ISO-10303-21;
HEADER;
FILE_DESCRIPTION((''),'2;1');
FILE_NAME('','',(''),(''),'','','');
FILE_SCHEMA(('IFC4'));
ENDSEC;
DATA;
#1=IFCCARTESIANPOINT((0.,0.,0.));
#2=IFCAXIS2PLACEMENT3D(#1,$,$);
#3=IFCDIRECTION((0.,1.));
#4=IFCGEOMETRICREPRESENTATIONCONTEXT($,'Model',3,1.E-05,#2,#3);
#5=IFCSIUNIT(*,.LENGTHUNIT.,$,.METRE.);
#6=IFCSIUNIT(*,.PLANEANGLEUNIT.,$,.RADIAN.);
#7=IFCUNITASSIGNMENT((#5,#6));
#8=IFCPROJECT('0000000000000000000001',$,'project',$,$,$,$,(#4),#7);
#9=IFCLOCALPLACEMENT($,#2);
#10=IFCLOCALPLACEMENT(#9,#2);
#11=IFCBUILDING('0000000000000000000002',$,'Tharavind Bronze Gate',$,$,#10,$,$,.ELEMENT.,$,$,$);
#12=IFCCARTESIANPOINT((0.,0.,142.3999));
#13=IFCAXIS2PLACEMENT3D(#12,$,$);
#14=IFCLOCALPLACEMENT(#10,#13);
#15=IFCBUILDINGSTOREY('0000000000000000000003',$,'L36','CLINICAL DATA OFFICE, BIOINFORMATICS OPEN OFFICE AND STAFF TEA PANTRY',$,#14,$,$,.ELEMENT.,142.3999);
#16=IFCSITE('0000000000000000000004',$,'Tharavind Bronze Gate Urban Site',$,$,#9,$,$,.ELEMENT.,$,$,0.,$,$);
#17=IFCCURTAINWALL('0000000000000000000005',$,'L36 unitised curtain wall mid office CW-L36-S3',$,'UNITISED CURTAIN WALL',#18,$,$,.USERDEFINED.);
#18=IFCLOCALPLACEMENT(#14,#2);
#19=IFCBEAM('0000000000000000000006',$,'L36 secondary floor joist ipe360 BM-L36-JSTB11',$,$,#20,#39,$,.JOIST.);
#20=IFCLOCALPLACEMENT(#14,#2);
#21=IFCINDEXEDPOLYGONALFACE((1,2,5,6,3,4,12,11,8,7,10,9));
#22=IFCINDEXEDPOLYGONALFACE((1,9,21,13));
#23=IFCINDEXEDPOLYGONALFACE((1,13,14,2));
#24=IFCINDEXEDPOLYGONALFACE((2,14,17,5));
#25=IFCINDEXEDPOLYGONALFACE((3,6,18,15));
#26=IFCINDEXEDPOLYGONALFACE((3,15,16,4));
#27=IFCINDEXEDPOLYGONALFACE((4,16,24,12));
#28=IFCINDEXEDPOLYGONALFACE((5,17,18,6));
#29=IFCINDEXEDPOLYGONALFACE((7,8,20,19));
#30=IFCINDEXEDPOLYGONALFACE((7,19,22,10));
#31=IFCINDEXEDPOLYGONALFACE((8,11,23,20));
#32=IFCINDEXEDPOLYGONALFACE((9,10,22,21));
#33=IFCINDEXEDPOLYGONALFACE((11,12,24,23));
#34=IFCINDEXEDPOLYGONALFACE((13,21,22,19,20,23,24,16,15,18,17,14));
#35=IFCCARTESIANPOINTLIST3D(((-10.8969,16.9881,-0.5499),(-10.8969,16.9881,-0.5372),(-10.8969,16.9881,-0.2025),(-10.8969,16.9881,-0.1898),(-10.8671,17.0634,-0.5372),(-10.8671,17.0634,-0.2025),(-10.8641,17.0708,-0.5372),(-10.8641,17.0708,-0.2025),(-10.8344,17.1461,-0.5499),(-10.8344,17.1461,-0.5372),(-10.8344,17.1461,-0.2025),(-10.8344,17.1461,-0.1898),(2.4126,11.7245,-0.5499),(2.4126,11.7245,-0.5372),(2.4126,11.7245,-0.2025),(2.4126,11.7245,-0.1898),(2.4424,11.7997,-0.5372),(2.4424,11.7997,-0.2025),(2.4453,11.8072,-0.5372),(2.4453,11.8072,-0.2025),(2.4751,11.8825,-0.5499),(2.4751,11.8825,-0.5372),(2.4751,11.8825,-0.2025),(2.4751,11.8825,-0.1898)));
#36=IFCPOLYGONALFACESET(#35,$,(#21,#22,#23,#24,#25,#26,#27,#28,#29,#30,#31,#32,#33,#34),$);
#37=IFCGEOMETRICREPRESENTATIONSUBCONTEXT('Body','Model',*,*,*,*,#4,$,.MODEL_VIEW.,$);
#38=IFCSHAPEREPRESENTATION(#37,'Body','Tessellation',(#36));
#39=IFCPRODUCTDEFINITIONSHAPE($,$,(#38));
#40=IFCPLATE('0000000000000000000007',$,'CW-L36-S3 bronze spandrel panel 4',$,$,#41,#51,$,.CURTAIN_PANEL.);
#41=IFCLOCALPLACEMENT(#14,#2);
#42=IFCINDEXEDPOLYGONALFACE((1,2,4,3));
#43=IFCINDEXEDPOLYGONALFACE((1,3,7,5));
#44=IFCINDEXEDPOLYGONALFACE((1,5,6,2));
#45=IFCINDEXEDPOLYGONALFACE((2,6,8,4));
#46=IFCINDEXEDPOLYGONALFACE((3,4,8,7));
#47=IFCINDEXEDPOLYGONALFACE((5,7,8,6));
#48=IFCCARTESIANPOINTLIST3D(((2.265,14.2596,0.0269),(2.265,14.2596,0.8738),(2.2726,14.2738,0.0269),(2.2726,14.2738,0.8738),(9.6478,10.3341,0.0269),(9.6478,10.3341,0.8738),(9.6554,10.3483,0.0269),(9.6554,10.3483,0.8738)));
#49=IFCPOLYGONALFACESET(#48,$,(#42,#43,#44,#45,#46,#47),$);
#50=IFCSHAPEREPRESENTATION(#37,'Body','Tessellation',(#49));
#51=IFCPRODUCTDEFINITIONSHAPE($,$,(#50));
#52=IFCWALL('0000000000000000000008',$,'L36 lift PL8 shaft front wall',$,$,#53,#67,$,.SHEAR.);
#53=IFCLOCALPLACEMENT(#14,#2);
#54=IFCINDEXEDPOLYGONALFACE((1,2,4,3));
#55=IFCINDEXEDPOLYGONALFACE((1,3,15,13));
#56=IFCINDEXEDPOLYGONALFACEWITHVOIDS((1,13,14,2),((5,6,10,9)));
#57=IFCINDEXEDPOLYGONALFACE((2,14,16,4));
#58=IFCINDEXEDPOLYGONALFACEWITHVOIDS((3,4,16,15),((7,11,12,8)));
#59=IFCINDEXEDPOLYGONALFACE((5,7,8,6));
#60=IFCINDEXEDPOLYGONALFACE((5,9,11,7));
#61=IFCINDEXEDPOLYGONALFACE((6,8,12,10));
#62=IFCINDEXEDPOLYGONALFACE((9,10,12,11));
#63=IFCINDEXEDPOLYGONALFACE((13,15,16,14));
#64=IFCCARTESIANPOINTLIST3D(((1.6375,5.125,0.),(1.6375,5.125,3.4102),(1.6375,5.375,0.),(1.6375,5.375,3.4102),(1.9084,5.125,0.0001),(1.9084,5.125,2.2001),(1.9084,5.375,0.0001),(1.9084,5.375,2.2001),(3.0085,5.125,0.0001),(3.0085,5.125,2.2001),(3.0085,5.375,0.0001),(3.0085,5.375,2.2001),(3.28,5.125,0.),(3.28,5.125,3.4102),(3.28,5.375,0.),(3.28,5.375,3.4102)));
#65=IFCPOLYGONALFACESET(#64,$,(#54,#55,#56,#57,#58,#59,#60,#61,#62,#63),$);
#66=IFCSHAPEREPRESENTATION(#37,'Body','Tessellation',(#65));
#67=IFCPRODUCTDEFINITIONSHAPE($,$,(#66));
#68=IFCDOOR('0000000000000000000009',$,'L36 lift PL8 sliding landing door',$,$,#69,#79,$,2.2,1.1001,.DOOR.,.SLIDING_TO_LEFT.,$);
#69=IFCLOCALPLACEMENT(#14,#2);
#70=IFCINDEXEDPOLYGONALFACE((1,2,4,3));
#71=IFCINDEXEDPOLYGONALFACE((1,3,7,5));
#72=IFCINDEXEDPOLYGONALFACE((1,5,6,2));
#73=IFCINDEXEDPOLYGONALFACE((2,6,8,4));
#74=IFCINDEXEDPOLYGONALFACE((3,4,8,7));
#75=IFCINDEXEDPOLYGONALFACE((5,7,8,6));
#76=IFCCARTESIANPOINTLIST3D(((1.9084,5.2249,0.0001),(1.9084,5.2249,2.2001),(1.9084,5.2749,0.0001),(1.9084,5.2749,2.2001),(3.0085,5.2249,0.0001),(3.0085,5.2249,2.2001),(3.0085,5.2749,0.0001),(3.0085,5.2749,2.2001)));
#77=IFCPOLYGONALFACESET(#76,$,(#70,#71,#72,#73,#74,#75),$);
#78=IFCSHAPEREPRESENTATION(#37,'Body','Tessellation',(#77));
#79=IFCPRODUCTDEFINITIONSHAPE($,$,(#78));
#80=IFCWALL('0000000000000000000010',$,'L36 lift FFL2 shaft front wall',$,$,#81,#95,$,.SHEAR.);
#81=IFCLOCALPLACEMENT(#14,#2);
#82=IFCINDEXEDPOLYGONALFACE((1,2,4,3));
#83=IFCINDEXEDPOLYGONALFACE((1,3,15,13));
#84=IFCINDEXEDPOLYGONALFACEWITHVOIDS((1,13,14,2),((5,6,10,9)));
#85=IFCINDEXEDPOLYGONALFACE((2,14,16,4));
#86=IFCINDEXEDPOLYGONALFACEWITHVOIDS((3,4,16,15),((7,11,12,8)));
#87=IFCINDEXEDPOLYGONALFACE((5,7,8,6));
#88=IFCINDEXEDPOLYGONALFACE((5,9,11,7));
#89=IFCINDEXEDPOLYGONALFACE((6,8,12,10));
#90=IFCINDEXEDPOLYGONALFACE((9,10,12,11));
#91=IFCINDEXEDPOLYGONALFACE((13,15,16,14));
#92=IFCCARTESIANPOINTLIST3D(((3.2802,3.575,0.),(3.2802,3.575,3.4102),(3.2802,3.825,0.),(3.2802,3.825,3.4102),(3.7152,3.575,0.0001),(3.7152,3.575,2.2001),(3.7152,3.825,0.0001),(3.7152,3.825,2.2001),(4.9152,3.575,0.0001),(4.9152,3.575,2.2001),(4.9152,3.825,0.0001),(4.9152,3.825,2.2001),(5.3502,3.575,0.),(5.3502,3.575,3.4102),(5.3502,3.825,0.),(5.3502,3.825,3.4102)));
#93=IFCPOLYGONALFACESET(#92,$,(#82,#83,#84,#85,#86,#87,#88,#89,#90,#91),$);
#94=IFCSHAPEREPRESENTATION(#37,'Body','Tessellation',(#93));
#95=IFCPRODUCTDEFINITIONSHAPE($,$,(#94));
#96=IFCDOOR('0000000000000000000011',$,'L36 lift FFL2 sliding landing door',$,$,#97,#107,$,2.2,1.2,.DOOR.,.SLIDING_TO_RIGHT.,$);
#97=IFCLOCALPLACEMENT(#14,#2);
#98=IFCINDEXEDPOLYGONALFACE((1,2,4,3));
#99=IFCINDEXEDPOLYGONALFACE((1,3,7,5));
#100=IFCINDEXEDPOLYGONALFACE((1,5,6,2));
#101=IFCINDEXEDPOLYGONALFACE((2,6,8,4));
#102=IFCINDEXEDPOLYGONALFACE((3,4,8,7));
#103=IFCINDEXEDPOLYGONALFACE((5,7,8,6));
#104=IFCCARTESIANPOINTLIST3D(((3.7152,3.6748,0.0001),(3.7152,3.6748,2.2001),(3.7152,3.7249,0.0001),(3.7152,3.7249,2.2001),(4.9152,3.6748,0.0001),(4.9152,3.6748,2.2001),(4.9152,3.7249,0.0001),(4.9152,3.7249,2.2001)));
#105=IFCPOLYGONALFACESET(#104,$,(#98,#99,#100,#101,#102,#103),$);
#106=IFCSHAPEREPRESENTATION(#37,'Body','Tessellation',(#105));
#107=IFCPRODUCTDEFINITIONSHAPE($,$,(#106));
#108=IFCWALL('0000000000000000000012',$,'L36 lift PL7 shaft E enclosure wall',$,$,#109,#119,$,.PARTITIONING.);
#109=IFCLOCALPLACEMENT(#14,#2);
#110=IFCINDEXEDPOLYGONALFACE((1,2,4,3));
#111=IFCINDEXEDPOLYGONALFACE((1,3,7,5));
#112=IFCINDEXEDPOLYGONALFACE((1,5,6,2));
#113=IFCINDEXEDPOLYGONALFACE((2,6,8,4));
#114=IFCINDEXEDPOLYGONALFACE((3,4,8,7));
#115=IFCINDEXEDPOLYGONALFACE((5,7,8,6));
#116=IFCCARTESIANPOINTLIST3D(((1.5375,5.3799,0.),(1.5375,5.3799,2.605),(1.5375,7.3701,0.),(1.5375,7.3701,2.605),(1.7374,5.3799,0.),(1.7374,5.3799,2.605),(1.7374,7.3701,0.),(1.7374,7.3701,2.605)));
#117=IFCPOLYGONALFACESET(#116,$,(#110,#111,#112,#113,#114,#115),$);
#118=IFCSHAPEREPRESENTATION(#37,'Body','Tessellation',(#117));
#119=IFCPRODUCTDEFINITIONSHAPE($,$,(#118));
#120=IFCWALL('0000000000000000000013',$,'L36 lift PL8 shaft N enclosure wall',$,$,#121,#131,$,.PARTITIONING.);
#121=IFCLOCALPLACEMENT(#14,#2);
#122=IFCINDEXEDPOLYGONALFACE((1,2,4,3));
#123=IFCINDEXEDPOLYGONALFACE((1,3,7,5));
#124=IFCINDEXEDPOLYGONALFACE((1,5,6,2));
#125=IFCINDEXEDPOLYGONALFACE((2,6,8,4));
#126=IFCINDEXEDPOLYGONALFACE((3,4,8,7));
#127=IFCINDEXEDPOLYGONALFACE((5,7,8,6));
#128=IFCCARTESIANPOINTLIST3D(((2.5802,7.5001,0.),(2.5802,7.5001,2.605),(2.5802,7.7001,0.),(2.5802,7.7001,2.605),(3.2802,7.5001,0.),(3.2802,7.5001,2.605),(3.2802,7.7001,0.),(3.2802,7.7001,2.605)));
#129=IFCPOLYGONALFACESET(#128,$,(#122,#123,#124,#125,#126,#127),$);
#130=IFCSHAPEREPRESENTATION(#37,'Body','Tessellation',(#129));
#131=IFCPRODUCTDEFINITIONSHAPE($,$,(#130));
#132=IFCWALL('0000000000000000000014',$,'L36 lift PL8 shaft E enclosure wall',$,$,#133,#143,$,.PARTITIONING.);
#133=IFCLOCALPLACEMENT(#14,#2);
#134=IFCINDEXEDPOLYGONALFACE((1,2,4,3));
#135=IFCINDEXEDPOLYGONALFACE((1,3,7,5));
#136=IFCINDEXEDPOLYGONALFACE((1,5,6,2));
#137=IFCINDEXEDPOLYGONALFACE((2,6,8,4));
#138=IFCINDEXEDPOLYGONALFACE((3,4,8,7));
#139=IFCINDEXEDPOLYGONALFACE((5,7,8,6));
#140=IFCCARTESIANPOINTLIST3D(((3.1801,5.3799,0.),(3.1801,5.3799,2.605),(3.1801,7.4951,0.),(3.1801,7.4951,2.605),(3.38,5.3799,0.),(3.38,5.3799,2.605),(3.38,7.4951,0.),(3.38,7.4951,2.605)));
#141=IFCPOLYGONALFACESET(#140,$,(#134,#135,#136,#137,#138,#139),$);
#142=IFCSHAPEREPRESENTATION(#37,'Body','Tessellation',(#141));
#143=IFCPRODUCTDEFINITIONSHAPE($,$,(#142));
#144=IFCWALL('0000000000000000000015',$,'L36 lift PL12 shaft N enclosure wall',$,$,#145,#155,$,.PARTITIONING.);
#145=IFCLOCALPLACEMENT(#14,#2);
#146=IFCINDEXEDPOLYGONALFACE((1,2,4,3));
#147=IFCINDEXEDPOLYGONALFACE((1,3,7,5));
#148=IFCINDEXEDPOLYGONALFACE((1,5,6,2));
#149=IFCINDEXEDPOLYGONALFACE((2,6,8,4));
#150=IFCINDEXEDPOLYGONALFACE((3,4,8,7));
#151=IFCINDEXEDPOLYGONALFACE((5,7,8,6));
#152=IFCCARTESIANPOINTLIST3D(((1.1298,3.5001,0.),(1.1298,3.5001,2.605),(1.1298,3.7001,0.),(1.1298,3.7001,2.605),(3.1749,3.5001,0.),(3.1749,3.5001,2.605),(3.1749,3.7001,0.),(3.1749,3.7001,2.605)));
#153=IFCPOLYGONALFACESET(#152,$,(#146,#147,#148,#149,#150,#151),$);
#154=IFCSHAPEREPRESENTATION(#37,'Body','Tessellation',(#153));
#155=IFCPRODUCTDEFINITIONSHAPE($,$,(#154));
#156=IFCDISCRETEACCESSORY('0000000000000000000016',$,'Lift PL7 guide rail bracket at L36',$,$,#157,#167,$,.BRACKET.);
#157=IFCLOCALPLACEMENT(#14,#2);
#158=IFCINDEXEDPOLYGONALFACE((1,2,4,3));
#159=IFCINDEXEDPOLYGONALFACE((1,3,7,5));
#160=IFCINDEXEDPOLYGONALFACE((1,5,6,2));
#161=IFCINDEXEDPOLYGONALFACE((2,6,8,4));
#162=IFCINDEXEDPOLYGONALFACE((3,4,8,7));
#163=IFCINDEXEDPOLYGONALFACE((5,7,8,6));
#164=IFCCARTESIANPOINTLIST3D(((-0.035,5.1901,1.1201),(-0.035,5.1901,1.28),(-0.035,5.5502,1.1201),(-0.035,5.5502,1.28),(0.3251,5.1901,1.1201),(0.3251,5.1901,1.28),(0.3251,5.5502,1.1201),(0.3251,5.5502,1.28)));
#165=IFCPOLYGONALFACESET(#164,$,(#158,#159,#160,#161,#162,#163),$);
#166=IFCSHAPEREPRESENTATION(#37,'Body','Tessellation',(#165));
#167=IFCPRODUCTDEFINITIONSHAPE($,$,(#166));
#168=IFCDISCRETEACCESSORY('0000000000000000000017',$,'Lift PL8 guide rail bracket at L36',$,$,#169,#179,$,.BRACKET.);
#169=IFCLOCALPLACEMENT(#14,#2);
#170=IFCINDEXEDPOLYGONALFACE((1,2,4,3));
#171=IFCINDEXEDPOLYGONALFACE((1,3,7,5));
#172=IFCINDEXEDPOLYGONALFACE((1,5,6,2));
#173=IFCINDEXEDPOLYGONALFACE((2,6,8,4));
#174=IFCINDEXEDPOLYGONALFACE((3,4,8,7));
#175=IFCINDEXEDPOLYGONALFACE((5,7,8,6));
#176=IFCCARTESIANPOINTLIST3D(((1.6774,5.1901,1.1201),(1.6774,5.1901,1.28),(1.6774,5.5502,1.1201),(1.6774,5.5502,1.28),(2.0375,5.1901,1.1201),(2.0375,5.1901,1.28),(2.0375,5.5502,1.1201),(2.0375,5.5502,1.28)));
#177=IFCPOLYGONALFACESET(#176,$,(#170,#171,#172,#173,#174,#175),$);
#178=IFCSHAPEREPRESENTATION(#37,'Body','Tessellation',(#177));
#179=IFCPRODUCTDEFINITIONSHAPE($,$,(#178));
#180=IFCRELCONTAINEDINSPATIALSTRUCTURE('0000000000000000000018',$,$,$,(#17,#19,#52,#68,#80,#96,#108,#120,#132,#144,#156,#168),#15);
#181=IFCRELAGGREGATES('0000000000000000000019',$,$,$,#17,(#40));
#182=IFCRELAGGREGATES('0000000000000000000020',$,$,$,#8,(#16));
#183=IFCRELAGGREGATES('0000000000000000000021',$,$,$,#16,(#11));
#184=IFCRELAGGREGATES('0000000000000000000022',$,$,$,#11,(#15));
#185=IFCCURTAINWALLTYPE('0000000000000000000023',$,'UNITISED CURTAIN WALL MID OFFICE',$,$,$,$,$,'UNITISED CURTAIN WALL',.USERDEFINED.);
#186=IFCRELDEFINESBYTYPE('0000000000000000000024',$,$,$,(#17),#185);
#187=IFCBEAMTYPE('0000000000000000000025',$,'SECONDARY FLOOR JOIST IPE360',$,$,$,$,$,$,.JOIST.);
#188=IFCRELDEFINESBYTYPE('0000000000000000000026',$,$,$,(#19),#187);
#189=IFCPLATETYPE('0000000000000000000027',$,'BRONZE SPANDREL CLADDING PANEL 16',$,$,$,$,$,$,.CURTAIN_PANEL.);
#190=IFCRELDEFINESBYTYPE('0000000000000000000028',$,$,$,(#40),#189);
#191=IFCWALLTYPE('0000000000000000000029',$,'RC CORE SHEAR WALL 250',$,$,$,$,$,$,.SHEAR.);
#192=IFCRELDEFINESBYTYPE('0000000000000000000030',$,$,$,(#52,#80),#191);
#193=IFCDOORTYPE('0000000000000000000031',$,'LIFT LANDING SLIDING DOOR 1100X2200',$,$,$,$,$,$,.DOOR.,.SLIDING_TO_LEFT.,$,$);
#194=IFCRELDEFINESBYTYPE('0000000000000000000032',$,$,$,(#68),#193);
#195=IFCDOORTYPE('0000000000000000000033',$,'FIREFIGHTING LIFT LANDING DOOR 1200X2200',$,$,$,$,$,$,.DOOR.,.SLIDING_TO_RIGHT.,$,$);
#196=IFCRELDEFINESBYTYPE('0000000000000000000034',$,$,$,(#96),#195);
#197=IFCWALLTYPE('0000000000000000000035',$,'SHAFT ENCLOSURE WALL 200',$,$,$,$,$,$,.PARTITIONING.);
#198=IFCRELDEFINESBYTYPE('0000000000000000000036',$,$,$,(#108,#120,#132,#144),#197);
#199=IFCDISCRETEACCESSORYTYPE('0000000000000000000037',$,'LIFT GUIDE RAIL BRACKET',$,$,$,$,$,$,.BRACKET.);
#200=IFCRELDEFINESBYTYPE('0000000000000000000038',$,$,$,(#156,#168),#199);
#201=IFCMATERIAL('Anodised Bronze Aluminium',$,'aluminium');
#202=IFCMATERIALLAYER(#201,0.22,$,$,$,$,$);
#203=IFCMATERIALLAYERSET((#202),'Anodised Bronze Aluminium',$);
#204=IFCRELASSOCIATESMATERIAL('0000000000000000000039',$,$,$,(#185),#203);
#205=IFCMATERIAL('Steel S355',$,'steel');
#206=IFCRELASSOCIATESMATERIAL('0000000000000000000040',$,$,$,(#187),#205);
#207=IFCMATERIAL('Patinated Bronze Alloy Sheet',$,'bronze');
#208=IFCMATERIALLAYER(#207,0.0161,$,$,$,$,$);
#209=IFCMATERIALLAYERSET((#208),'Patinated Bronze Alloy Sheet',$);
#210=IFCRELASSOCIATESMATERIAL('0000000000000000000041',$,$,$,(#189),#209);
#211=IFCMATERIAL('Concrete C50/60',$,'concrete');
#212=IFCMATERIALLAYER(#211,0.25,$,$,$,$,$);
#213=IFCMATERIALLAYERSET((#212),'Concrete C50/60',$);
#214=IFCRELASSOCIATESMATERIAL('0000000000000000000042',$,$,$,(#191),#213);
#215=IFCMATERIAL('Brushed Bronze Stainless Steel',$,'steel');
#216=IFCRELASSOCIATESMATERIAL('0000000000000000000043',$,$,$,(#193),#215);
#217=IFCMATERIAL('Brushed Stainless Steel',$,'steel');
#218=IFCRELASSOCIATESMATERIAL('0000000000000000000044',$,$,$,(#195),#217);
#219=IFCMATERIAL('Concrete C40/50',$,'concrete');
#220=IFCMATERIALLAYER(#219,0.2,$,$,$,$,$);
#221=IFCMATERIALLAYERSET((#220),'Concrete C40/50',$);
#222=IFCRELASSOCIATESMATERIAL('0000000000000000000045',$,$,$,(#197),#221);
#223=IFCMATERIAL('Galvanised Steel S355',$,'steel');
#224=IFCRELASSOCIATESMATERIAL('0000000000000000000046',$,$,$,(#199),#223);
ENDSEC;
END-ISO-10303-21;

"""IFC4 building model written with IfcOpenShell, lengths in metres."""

from ifc_helpers import new_model, si_unit, direction, frame, frame_2d, origin, origin_2d, place, context, subcontext, project, spatial, rectangle, i_section, extrude, material, layer, layer_set, material_profile, profile_set, type_object, element, fill, aggregate, save


model = new_model("IFC4")

# Units and contexts
model_context = context("Model", 3, precision=1e-05, world=origin(), true_north=direction((0.0, 1.0)))
body_context = subcontext(model_context, "Body", "Model", "MODEL_VIEW")
ifc_project = project(units=[si_unit("LENGTHUNIT", "METRE"), si_unit("PLANEANGLEUNIT", "RADIAN")], contexts=[model_context])

# Site, building, storey
site_placement = place(None, origin())
site = spatial("IfcSite", under=ifc_project, at=site_placement, Name="Tharavind Bronze Gate Urban Site", CompositionType="ELEMENT", RefElevation=0.0)
building_placement = place(site_placement, origin())
building = spatial("IfcBuilding", under=site, at=building_placement, Name="Tharavind Bronze Gate", CompositionType="ELEMENT")
storey_placement = place(building_placement, frame((0.0, 0.0, 142.3999)))
storey = spatial("IfcBuildingStorey", under=building, at=storey_placement, Name="L36", Description="CLINICAL DATA OFFICE, BIOINFORMATICS OPEN OFFICE AND STAFF TEA PANTRY", CompositionType="ELEMENT", Elevation=142.3999)

# Curtain wall
ifc_material_1 = material(Name="Anodised Bronze Aluminium", Category="aluminium")
ifc_layer_1 = layer(ifc_material_1, 0.22)
ifc_layer_set_1 = layer_set([ifc_layer_1], Name="Anodised Bronze Aluminium")
curtain_wall_type = type_object("IfcCurtainWallType", Name="UNITISED CURTAIN WALL MID OFFICE", ElementType="UNITISED CURTAIN WALL", PredefinedType="USERDEFINED", material=ifc_layer_set_1)
curtain_wall_placement = place(storey_placement, origin())
curtain_wall = element("IfcCurtainWall", 1, at=curtain_wall_placement, inside=storey, type_object=curtain_wall_type, Name="L36 unitised curtain wall mid office CW-L36-S3", ObjectType="UNITISED CURTAIN WALL", PredefinedType="USERDEFINED")

# Beam
ifc_material_2 = material(Name="Steel S355", Category="steel")
ifc_material_profile_1 = material_profile(ifc_material_2, i_section(OverallWidth=0.1699, OverallDepth=0.3601, WebThickness=0.0081, FlangeThickness=0.0127, at=origin_2d()), Name="IPE360")
ifc_profile_set_1 = profile_set([ifc_material_profile_1], Name="Steel S355")
beam_type_1 = type_object("IfcBeamType", Name="SECONDARY FLOOR JOIST IPE360", PredefinedType="JOIST", material=ifc_profile_set_1)
beam_1_placement = place(storey_placement, frame((2.4438, 11.8035, -0.3699), z_axis=(-0.929919, 0.367765, 0.0), x_axis=(-0.367765, -0.929919, 0.0)))
element("IfcBeam", 2, at=beam_1_placement, inside=storey, type_object=beam_type_1, Name="L36 secondary floor joist ipe360 BM-L36-JSTB11", PredefinedType="JOIST", context=body_context, shape_type="SweptSolid", body=[
    extrude(i_section(OverallWidth=0.1699, OverallDepth=0.3601, WebThickness=0.0081, FlangeThickness=0.0127, at=origin_2d()), origin(), (0.0, 0.0, 1.0), 14.3125),
])

# Plate
ifc_material_3 = material(Name="Patinated Bronze Alloy Sheet", Category="bronze")
ifc_layer_2 = layer(ifc_material_3, 0.0161)
ifc_layer_set_2 = layer_set([ifc_layer_2], Name="Patinated Bronze Alloy Sheet")
plate_type = type_object("IfcPlateType", Name="BRONZE SPANDREL CLADDING PANEL 16", PredefinedType="CURTAIN_PANEL", material=ifc_layer_set_2)
plate_placement = place(storey_placement, frame((5.9602, 12.304, 0.0269), z_axis=(0.0, 0.0, 1.0), x_axis=(-0.882948, 0.469472, 0.0)))
plate = element("IfcPlate", 3, at=plate_placement, type_object=plate_type, Name="CW-L36-S3 bronze spandrel panel 4", PredefinedType="CURTAIN_PANEL", context=body_context, shape_type="SweptSolid", body=[
    extrude(rectangle(XDim=8.3616, YDim=0.0161, at=origin_2d()), origin(), (0.0, 0.0, 1.0), 0.8469),
])
aggregate(curtain_wall, [plate])

# Walls, openings, doors
ifc_material_4 = material(Name="Concrete C50/60", Category="concrete")
ifc_layer_3 = layer(ifc_material_4, 0.25)
ifc_layer_set_3 = layer_set([ifc_layer_3], Name="Concrete C50/60")
wall_type_1 = type_object("IfcWallType", Name="RC CORE SHEAR WALL 250", PredefinedType="SHEAR", material=ifc_layer_set_3)
wall_1_placement = place(storey_placement, frame((1.6375, 5.25, 0.0), z_axis=(0.0, 0.0, 1.0), x_axis=(1.0, 0.0, 0.0)))
wall_1 = element("IfcWall", 4, at=wall_1_placement, inside=storey, type_object=wall_type_1, Name="L36 lift PL8 shaft front wall", PredefinedType="SHEAR", context=body_context, shape_type="SweptSolid", body=[
    extrude(rectangle(XDim=1.6426, YDim=0.25, at=frame_2d((0.8213, 0.0))), origin(), (0.0, 0.0, 1.0), 3.4102),
])
opening_1_placement = place(wall_1_placement, frame((0.271, 0.0, 0.0)))
opening_1 = element("IfcOpeningElement", 5, at=opening_1_placement, cuts=wall_1, PredefinedType="OPENING", context=body_context, shape_type="SweptSolid", body=[
    extrude(rectangle(XDim=1.1001, YDim=2.2, at=frame_2d((0.55, 1.1001))), frame((0.0, 0.135, 0.0), z_axis=(0.0, -1.0, 0.0), x_axis=(1.0, 0.0, 0.0)), (0.0, 0.0, 1.0), 0.27),
])
ifc_material_5 = material(Name="Brushed Bronze Stainless Steel", Category="steel")
door_type_1 = type_object("IfcDoorType", Name="LIFT LANDING SLIDING DOOR 1100X2200", OperationType="SLIDING_TO_LEFT", PredefinedType="DOOR", material=ifc_material_5)
door_1_placement = place(opening_1_placement, origin())
door_1 = element("IfcDoor", 6, at=door_1_placement, inside=storey, type_object=door_type_1, Name="L36 lift PL8 sliding landing door", OperationType="SLIDING_TO_LEFT", OverallHeight=2.2, OverallWidth=1.1001, PredefinedType="DOOR", context=body_context, shape_type="SweptSolid", body=[
    extrude(rectangle(XDim=1.1001, YDim=2.2, at=frame_2d((0.55, 1.1001))), frame((0.0, 0.0249, 0.0), z_axis=(0.0, -1.0, 0.0), x_axis=(1.0, 0.0, 0.0)), (0.0, 0.0, 1.0), 0.05),
])
fill(opening_1, door_1)
wall_2_placement = place(storey_placement, frame((3.28, 3.7, 0.0), z_axis=(0.0, 0.0, 1.0), x_axis=(1.0, 0.0, 0.0)))
wall_2 = element("IfcWall", 7, at=wall_2_placement, inside=storey, type_object=wall_type_1, Name="L36 lift FFL2 shaft front wall", PredefinedType="SHEAR", context=body_context, shape_type="SweptSolid", body=[
    extrude(rectangle(XDim=2.0701, YDim=0.25, at=frame_2d((1.0352, 0.0))), origin(), (0.0, 0.0, 1.0), 3.4102),
])
opening_2_placement = place(wall_2_placement, frame((0.4351, 0.0, 0.0)))
opening_2 = element("IfcOpeningElement", 8, at=opening_2_placement, cuts=wall_2, PredefinedType="OPENING", context=body_context, shape_type="SweptSolid", body=[
    extrude(rectangle(XDim=1.2, YDim=2.2, at=frame_2d((0.6001, 1.1001))), frame((0.0, 0.135, 0.0), z_axis=(0.0, -1.0, 0.0), x_axis=(1.0, 0.0, 0.0)), (0.0, 0.0, 1.0), 0.27),
])
ifc_material_6 = material(Name="Brushed Stainless Steel", Category="steel")
door_type_2 = type_object("IfcDoorType", Name="FIREFIGHTING LIFT LANDING DOOR 1200X2200", OperationType="SLIDING_TO_RIGHT", PredefinedType="DOOR", material=ifc_material_6)
door_2_placement = place(opening_2_placement, origin())
door_2 = element("IfcDoor", 9, at=door_2_placement, inside=storey, type_object=door_type_2, Name="L36 lift FFL2 sliding landing door", OperationType="SLIDING_TO_RIGHT", OverallHeight=2.2, OverallWidth=1.2, PredefinedType="DOOR", context=body_context, shape_type="SweptSolid", body=[
    extrude(rectangle(XDim=1.2, YDim=2.2, at=frame_2d((0.6001, 1.1001))), frame((0.0, 0.0249, 0.0), z_axis=(0.0, -1.0, 0.0), x_axis=(1.0, 0.0, 0.0)), (0.0, 0.0, 1.0), 0.05),
])
fill(opening_2, door_2)

# Walls
ifc_material_7 = material(Name="Concrete C40/50", Category="concrete")
ifc_layer_4 = layer(ifc_material_7, 0.2)
ifc_layer_set_4 = layer_set([ifc_layer_4], Name="Concrete C40/50")
wall_type_2 = type_object("IfcWallType", Name="SHAFT ENCLOSURE WALL 200", PredefinedType="PARTITIONING", material=ifc_layer_set_4)
wall_3_placement = place(storey_placement, frame((1.6375, 5.3799, 0.0), z_axis=(0.0, 0.0, 1.0), x_axis=(0.0, 1.0, 0.0)))
element("IfcWall", 10, at=wall_3_placement, inside=storey, type_object=wall_type_2, Name="L36 lift PL7 shaft E enclosure wall", PredefinedType="PARTITIONING", context=body_context, shape_type="SweptSolid", body=[
    extrude(rectangle(XDim=1.9902, YDim=0.2, at=frame_2d((0.9951, 0.0))), origin(), (0.0, 0.0, 1.0), 2.605),
])
wall_4_placement = place(storey_placement, frame((2.5801, 7.6001, 0.0), z_axis=(0.0, 0.0, 1.0), x_axis=(1.0, 0.0, 0.0)))
element("IfcWall", 11, at=wall_4_placement, inside=storey, type_object=wall_type_2, Name="L36 lift PL8 shaft N enclosure wall", PredefinedType="PARTITIONING", context=body_context, shape_type="SweptSolid", body=[
    extrude(rectangle(XDim=0.7, YDim=0.2, at=frame_2d((0.3501, 0.0))), origin(), (0.0, 0.0, 1.0), 2.605),
])
wall_5_placement = place(storey_placement, frame((3.28, 5.3799, 0.0), z_axis=(0.0, 0.0, 1.0), x_axis=(0.0, 1.0, 0.0)))
element("IfcWall", 12, at=wall_5_placement, inside=storey, type_object=wall_type_2, Name="L36 lift PL8 shaft E enclosure wall", PredefinedType="PARTITIONING", context=body_context, shape_type="SweptSolid", body=[
    extrude(rectangle(XDim=2.1152, YDim=0.2, at=frame_2d((1.0576, 0.0))), origin(), (0.0, 0.0, 1.0), 2.605),
])
wall_6_placement = place(storey_placement, frame((1.1299, 3.6001, 0.0), z_axis=(0.0, 0.0, 1.0), x_axis=(1.0, 0.0, 0.0)))
element("IfcWall", 13, at=wall_6_placement, inside=storey, type_object=wall_type_2, Name="L36 lift PL12 shaft N enclosure wall", PredefinedType="PARTITIONING", context=body_context, shape_type="SweptSolid", body=[
    extrude(rectangle(XDim=2.0452, YDim=0.2, at=frame_2d((1.0225, 0.0))), origin(), (0.0, 0.0, 1.0), 2.605),
])

# Discrete accessories
ifc_material_8 = material(Name="Galvanised Steel S355", Category="steel")
discrete_accessory_type_1 = type_object("IfcDiscreteAccessoryType", Name="LIFT GUIDE RAIL BRACKET", PredefinedType="BRACKET", material=ifc_material_8)
for number, where, z_axis, x_axis, name in (
    (14, (0.145, 5.3701, 1.1201), (0.0, 0.0, 1.0), (1.0, 0.0, 0.0), "Lift PL7 guide rail bracket at L36"),
    (15, (1.8574, 5.3701, 1.1201), (0.0, 0.0, 1.0), (1.0, 0.0, 0.0), "Lift PL8 guide rail bracket at L36"),
):
    element("IfcDiscreteAccessory", number, at=place(storey_placement, frame(where, z_axis=z_axis, x_axis=x_axis)), inside=storey, type_object=discrete_accessory_type_1, Name=name, PredefinedType="BRACKET", context=body_context, shape_type="SweptSolid", body=[
        extrude(rectangle(XDim=0.3601, YDim=0.3601, at=origin_2d()), origin(), (0.0, 0.0, 1.0), 0.1599),
    ])

save(model, "model.ifc")
